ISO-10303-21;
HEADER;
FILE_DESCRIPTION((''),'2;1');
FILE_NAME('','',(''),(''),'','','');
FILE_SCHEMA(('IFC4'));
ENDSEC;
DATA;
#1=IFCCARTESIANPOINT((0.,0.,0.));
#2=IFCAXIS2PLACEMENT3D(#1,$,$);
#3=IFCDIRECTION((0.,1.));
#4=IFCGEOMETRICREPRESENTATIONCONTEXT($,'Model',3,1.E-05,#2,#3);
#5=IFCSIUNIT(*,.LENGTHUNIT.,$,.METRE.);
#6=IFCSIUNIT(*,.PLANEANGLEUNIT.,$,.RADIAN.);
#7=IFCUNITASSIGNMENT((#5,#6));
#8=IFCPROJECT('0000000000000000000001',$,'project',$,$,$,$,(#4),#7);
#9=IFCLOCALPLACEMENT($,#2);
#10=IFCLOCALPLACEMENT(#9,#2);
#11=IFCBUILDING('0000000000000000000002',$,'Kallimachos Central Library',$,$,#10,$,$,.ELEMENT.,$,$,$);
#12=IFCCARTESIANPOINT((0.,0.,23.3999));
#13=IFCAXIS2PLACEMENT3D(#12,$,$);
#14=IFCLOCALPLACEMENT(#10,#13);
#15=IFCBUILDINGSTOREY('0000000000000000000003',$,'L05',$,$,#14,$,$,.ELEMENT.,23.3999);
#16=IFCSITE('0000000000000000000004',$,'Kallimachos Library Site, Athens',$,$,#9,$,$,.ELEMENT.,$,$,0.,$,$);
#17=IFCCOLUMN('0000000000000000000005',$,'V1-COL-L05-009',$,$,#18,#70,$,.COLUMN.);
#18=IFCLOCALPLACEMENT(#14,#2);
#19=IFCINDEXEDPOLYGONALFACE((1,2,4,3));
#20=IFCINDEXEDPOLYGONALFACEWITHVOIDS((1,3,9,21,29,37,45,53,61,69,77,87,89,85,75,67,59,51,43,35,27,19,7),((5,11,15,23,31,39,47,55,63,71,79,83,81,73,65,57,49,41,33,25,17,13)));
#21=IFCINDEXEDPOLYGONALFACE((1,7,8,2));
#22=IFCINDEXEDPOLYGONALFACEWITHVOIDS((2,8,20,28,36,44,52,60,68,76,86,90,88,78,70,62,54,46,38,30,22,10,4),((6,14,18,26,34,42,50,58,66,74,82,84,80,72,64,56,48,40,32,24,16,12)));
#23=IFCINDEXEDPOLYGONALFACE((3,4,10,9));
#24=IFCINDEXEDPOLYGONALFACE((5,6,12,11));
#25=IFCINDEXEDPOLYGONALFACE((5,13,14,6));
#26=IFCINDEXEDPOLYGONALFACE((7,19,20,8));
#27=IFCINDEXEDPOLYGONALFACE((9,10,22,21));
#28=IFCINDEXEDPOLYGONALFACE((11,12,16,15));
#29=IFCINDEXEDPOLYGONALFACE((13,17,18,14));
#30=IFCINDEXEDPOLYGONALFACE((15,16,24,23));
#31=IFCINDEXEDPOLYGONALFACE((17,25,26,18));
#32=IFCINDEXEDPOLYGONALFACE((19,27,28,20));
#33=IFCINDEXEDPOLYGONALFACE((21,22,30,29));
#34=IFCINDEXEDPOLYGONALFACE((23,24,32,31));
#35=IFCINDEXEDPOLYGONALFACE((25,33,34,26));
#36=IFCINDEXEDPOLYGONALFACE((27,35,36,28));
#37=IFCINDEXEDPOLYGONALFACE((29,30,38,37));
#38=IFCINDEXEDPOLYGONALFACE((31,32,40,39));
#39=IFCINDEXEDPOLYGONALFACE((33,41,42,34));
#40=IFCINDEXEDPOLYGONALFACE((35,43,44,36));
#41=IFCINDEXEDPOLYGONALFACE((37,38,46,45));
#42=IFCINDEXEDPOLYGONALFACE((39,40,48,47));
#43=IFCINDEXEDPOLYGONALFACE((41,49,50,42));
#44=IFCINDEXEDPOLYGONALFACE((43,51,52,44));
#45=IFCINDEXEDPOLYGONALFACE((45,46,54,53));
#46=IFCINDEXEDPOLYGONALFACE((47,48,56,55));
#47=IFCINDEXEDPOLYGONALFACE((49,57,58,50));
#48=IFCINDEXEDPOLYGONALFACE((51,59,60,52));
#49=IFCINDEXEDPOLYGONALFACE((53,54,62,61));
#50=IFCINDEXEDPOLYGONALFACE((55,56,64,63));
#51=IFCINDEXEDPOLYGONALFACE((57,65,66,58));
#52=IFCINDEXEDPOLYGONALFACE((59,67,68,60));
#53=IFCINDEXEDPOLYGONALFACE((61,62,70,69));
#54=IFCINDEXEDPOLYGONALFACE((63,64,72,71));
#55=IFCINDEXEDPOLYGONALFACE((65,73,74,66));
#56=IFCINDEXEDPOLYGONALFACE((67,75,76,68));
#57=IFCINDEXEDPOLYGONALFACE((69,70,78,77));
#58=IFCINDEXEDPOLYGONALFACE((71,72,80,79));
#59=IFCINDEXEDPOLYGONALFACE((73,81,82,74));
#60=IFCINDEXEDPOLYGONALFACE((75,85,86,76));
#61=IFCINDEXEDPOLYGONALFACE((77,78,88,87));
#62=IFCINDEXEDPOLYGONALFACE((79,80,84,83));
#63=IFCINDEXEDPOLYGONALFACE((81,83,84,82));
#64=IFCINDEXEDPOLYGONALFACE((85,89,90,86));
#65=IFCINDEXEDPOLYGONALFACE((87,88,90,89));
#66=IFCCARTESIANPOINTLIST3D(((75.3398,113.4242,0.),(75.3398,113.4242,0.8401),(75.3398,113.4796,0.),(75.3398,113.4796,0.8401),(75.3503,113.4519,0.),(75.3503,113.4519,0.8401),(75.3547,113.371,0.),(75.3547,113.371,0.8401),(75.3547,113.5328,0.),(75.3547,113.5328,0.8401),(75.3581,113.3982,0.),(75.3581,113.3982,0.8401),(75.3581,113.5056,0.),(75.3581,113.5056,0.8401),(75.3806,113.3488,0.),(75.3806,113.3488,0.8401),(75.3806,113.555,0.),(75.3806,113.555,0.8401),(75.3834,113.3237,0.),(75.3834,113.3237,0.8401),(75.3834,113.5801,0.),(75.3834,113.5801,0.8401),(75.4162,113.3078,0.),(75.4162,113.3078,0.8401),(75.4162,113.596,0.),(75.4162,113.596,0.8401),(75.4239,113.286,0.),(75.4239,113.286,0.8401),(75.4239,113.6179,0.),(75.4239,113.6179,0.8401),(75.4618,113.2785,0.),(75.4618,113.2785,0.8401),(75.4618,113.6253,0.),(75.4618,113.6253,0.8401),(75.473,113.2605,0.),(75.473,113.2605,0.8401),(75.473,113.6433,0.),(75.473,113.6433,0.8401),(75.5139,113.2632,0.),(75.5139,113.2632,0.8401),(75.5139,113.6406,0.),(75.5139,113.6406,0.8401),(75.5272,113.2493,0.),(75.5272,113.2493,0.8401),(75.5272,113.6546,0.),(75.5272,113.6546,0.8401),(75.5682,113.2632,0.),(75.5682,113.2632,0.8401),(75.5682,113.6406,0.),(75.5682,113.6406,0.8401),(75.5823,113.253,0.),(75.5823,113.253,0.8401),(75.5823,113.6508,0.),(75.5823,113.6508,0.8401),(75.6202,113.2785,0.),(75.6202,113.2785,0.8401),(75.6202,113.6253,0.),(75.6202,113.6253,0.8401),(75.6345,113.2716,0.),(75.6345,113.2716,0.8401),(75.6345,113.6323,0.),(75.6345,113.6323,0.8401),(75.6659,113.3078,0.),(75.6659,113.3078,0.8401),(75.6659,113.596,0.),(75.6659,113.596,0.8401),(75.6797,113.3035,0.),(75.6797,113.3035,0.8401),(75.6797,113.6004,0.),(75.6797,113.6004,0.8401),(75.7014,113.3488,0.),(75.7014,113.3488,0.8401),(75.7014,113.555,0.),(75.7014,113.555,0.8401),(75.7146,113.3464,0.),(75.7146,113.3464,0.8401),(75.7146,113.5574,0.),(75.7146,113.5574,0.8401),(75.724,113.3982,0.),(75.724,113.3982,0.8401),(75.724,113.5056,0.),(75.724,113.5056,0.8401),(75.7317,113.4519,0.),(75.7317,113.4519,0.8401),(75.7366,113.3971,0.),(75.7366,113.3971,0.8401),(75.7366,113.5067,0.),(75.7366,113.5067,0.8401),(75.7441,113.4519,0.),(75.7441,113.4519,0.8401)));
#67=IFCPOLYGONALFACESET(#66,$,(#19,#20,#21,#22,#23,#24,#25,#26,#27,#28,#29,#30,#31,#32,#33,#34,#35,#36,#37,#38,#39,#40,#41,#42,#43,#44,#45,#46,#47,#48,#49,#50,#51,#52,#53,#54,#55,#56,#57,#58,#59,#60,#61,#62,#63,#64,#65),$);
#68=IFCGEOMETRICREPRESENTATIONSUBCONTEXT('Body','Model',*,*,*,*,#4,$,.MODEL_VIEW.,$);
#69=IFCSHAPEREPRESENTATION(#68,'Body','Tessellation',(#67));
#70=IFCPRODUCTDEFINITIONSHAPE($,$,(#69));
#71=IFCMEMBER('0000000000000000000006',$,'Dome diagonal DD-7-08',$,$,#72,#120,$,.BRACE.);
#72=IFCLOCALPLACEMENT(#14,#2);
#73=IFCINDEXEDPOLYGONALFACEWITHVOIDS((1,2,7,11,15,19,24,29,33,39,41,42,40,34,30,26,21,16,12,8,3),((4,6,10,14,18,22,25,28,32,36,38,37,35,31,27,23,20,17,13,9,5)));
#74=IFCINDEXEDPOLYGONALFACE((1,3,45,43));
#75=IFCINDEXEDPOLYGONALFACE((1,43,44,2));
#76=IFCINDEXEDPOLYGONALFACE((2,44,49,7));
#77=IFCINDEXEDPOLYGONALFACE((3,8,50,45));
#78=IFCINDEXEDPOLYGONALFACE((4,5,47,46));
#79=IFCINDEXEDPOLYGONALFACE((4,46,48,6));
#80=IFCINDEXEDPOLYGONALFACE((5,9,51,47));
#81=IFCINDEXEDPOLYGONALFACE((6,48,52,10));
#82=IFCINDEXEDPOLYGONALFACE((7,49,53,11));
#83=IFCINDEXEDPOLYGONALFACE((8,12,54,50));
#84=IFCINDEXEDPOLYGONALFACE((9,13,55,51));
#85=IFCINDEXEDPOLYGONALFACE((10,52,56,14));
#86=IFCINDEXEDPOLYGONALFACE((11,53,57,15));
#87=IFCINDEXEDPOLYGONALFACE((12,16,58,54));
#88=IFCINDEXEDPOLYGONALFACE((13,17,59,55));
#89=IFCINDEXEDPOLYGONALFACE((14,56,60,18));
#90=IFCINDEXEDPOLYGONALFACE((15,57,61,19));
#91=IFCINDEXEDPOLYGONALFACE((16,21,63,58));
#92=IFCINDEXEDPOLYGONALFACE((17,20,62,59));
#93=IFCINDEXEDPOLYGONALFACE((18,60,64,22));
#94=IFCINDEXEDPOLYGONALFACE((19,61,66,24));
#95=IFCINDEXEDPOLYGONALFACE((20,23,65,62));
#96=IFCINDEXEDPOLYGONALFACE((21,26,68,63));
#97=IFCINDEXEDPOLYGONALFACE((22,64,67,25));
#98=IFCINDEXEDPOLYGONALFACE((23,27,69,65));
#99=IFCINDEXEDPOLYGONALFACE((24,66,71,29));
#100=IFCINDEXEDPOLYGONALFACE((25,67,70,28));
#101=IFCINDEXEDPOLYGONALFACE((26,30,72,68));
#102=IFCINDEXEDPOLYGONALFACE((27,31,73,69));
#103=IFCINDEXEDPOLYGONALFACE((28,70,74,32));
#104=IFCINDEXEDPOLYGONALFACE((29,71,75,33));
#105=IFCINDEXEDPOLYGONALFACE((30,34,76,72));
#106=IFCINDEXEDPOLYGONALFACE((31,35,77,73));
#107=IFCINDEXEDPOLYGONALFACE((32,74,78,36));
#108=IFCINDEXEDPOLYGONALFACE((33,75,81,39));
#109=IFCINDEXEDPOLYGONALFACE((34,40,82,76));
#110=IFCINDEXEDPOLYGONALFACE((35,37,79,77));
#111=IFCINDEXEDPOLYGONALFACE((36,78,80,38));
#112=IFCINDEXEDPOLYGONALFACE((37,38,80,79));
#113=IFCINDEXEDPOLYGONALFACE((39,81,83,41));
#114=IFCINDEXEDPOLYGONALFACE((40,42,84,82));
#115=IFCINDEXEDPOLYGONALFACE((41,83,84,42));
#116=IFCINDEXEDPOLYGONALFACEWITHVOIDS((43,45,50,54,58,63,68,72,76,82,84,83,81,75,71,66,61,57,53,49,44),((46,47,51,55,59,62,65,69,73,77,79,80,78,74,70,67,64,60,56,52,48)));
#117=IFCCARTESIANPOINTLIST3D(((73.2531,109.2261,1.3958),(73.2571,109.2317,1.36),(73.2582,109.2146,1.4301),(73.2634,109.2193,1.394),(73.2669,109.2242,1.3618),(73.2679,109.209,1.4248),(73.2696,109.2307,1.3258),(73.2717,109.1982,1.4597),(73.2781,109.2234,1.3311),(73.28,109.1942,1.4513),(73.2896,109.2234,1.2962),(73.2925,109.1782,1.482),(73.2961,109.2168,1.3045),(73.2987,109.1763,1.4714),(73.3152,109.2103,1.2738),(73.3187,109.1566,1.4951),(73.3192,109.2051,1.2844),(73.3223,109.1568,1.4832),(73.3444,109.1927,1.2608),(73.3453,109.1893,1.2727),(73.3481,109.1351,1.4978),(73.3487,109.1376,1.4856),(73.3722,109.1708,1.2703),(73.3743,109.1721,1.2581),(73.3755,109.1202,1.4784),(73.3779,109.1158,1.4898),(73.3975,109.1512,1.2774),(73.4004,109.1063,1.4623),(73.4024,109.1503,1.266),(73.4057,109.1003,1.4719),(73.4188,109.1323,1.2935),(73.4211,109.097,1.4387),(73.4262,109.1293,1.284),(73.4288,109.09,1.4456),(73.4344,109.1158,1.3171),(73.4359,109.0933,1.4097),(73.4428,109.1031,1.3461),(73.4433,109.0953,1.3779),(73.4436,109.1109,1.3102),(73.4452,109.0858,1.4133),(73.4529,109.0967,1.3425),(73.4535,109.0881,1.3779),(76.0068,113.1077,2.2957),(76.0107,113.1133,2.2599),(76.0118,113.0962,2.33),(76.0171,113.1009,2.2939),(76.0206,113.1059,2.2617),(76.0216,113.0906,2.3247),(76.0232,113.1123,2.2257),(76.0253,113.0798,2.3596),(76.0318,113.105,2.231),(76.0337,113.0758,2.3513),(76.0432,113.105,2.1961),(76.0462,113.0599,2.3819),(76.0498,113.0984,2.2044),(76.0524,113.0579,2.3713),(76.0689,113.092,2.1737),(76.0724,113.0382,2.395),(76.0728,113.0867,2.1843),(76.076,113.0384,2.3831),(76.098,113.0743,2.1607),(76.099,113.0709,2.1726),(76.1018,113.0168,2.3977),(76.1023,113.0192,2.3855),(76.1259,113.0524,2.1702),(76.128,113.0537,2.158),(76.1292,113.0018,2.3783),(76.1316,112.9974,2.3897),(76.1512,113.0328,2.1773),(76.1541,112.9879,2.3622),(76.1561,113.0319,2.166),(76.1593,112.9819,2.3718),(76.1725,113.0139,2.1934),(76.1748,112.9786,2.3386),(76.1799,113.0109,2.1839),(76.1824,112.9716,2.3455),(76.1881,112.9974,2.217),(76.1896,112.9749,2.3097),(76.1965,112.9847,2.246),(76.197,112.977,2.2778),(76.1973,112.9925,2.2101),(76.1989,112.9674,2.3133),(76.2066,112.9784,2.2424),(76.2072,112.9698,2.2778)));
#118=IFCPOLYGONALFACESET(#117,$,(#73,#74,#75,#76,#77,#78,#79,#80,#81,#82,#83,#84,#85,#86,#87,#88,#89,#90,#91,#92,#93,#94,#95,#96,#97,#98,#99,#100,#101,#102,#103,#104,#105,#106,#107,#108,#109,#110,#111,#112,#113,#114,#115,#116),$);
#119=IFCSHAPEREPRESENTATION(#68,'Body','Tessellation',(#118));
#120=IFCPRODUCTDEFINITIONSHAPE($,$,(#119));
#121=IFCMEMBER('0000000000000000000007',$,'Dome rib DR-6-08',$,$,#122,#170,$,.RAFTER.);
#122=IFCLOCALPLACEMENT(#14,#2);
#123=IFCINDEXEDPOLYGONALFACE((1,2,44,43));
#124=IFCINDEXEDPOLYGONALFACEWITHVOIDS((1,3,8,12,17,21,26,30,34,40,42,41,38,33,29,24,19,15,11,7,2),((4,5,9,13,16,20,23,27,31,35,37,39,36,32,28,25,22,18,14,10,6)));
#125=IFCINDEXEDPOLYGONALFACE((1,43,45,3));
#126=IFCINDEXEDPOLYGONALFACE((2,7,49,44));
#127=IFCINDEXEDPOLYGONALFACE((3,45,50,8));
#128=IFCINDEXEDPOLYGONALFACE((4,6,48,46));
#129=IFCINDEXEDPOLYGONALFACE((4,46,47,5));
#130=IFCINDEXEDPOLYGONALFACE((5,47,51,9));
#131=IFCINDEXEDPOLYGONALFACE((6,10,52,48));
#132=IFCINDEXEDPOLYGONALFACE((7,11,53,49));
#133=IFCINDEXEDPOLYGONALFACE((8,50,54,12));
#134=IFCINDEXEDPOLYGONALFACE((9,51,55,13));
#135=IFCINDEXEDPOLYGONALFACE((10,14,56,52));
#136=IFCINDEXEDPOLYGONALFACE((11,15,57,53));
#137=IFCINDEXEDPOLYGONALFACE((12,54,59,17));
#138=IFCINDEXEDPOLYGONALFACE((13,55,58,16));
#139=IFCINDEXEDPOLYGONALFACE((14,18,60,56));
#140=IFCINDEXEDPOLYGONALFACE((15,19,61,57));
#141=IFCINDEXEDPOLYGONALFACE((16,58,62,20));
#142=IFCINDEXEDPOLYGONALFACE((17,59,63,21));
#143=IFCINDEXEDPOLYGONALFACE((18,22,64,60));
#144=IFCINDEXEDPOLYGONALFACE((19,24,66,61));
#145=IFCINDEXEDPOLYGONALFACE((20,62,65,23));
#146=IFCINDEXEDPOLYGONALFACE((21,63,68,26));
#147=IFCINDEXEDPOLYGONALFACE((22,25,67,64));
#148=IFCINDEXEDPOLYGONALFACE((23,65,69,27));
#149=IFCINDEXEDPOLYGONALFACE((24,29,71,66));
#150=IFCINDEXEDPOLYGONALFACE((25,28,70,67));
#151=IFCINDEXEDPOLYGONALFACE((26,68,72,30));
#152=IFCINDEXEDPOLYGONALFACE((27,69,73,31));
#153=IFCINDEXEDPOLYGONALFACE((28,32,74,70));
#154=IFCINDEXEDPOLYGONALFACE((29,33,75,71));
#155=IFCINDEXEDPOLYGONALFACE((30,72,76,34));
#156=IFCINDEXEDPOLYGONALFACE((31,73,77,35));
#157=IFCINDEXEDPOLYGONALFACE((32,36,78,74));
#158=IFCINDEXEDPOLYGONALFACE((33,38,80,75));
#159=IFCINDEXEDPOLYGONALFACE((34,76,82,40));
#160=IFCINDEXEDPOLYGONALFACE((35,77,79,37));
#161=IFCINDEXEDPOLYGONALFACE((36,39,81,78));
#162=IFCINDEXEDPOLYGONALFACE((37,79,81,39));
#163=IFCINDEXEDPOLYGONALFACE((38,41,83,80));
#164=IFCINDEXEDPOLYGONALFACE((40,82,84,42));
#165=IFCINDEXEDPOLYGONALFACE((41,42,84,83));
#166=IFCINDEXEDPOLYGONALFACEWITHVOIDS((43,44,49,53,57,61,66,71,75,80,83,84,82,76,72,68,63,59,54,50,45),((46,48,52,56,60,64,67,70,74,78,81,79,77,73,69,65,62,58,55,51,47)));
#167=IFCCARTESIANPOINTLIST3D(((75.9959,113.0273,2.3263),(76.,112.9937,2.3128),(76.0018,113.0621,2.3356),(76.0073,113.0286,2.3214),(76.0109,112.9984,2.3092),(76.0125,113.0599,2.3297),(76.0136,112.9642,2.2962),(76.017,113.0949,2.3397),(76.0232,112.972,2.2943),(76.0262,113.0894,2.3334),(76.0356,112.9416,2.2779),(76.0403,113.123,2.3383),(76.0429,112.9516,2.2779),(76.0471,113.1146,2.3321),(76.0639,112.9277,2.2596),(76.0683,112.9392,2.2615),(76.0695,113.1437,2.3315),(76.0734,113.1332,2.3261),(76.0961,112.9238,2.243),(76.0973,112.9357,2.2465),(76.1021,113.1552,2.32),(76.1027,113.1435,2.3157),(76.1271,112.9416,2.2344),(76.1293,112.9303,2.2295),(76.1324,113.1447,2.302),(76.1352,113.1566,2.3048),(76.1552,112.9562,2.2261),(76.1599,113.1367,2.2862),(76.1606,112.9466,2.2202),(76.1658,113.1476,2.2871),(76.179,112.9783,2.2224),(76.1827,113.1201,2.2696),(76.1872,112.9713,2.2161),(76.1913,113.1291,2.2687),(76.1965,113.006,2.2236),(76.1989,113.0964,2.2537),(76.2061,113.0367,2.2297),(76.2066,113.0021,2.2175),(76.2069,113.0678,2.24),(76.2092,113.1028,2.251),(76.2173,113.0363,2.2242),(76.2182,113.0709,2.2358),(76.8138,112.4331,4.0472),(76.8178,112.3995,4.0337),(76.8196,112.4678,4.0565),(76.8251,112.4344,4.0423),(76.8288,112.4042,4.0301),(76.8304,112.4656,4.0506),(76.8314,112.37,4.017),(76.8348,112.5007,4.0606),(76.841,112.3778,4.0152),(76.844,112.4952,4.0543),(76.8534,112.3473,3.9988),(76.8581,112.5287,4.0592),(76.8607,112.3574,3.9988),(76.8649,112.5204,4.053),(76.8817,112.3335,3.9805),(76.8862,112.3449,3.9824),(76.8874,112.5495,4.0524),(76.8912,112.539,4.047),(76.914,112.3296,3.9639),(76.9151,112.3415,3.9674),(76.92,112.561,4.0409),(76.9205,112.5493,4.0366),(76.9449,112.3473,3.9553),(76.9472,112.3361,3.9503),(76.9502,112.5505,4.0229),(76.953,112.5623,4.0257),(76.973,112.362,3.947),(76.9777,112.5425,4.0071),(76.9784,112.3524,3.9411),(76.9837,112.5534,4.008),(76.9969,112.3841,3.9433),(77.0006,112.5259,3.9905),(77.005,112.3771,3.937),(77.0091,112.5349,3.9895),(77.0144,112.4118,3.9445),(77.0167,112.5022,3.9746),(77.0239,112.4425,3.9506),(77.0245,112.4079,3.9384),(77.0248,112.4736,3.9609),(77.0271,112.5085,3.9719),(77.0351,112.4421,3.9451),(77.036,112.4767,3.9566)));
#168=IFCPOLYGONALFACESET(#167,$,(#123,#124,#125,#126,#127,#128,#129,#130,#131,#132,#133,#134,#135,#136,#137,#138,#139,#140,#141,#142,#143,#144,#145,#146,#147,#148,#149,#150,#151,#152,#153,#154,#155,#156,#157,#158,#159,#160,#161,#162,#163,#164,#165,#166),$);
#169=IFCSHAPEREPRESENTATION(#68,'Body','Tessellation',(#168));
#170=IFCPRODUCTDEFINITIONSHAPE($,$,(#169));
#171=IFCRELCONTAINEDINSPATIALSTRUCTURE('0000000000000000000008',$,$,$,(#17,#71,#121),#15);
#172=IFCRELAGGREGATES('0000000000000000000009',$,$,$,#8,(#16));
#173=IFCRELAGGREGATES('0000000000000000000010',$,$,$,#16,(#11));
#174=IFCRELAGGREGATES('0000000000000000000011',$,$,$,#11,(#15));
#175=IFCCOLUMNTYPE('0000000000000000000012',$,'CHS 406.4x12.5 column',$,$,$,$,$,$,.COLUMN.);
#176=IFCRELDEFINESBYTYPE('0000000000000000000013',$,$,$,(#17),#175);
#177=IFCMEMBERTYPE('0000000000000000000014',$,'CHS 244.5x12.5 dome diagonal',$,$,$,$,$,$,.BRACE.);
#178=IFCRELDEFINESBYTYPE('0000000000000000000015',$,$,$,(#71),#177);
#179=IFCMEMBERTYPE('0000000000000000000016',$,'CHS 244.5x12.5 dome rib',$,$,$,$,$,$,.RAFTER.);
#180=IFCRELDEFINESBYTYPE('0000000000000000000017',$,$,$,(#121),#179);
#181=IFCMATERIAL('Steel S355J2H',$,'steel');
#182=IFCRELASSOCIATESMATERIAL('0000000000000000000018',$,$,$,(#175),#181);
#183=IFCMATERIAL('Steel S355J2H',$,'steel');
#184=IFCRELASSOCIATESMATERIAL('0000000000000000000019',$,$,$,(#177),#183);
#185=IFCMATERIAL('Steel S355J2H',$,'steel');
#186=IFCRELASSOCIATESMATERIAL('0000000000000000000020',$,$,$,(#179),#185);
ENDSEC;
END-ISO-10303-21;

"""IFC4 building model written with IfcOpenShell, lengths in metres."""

from ifc_helpers import new_model, si_unit, direction, frame, origin, origin_2d, place, context, subcontext, project, spatial, hollow_circle, extrude, material, material_profile, profile_set, type_object, element, save


model = new_model("IFC4")

# Units and contexts
model_context = context("Model", 3, precision=1e-05, world=origin(), true_north=direction((0.0, 1.0)))
body_context = subcontext(model_context, "Body", "Model", "MODEL_VIEW")
ifc_project = project(units=[si_unit("LENGTHUNIT", "METRE"), si_unit("PLANEANGLEUNIT", "RADIAN")], contexts=[model_context])

# Site, building, storey
site_placement = place(None, origin())
site = spatial("IfcSite", under=ifc_project, at=site_placement, Name="Kallimachos Library Site, Athens", CompositionType="ELEMENT", RefElevation=0.0)
building_placement = place(site_placement, origin())
building = spatial("IfcBuilding", under=site, at=building_placement, Name="Kallimachos Central Library", CompositionType="ELEMENT")
storey_placement = place(building_placement, frame((0.0, 0.0, 23.3999)))
storey = spatial("IfcBuildingStorey", under=building, at=storey_placement, Name="L05", CompositionType="ELEMENT", Elevation=23.3999)

# Column
ifc_material_1 = material(Name="Steel S355J2H", Category="steel")
ifc_material_profile_1 = material_profile(ifc_material_1, hollow_circle(Radius=0.2031, WallThickness=0.0125, at=origin_2d()), Name="CHS 406.4x12.5")
ifc_profile_set_1 = profile_set([ifc_material_profile_1], Name="Steel S355J2H")
column_type = type_object("IfcColumnType", Name="CHS 406.4x12.5 column", PredefinedType="COLUMN", material=ifc_profile_set_1)
column_placement = place(storey_placement, frame((75.541, 113.4519, 0.0), z_axis=(0.0, 0.0, 1.0), x_axis=(1.0, 0.0, 0.0)))
element("IfcColumn", 1, at=column_placement, inside=storey, type_object=column_type, Name="V1-COL-L05-009", PredefinedType="COLUMN", context=body_context, shape_type="SweptSolid", body=[
    extrude(hollow_circle(Radius=0.2031, WallThickness=0.0125, at=origin_2d()), origin(), (0.0, 0.0, 1.0), 0.8401),
])

# Members
ifc_material_2 = material(Name="Steel S355J2H", Category="steel")
ifc_material_profile_2 = material_profile(ifc_material_2, hollow_circle(Radius=0.1223, WallThickness=0.0125, at=origin_2d()), Name="CHS 244.5x12.5")
ifc_profile_set_2 = profile_set([ifc_material_profile_2], Name="Steel S355J2H")
member_type_1 = type_object("IfcMemberType", Name="CHS 244.5x12.5 dome diagonal", PredefinedType="BRACE", material=ifc_profile_set_2)
member_1_placement = place(storey_placement, frame((76.1074, 113.0405, 2.2778), z_axis=(-0.56853, -0.801407, -0.185797), x_axis=(0.815608, -0.578605, 0.0)))
element("IfcMember", 2, at=member_1_placement, inside=storey, type_object=member_type_1, Name="Dome diagonal DD-7-08", PredefinedType="BRACE", context=body_context, shape_type="SweptSolid", body=[
    extrude(hollow_circle(Radius=0.1223, WallThickness=0.0125, at=origin_2d()), origin(), (0.0, 0.0, 1.0), 4.8435),
])
ifc_material_3 = material(Name="Steel S355J2H", Category="steel")
ifc_material_profile_3 = material_profile(ifc_material_3, hollow_circle(Radius=0.1223, WallThickness=0.0125, at=origin_2d()), Name="CHS 244.5x12.5")
ifc_profile_set_3 = profile_set([ifc_material_profile_3], Name="Steel S355J2H")
member_type_2 = type_object("IfcMemberType", Name="CHS 244.5x12.5 dome rib", PredefinedType="RAFTER", material=ifc_profile_set_3)
member_2_placement = place(storey_placement, frame((76.9253, 112.4463, 3.9988), z_axis=(-0.409772, 0.297727, -0.862233), x_axis=(-0.587798, -0.809008, 0.0)))
element("IfcMember", 3, at=member_2_placement, inside=storey, type_object=member_type_2, Name="Dome rib DR-6-08", PredefinedType="RAFTER", context=body_context, shape_type="SweptSolid", body=[
    extrude(hollow_circle(Radius=0.1223, WallThickness=0.0125, at=origin_2d()), origin(), (0.0, 0.0, 1.0), 1.9958),
])

save(model, "model.ifc")
